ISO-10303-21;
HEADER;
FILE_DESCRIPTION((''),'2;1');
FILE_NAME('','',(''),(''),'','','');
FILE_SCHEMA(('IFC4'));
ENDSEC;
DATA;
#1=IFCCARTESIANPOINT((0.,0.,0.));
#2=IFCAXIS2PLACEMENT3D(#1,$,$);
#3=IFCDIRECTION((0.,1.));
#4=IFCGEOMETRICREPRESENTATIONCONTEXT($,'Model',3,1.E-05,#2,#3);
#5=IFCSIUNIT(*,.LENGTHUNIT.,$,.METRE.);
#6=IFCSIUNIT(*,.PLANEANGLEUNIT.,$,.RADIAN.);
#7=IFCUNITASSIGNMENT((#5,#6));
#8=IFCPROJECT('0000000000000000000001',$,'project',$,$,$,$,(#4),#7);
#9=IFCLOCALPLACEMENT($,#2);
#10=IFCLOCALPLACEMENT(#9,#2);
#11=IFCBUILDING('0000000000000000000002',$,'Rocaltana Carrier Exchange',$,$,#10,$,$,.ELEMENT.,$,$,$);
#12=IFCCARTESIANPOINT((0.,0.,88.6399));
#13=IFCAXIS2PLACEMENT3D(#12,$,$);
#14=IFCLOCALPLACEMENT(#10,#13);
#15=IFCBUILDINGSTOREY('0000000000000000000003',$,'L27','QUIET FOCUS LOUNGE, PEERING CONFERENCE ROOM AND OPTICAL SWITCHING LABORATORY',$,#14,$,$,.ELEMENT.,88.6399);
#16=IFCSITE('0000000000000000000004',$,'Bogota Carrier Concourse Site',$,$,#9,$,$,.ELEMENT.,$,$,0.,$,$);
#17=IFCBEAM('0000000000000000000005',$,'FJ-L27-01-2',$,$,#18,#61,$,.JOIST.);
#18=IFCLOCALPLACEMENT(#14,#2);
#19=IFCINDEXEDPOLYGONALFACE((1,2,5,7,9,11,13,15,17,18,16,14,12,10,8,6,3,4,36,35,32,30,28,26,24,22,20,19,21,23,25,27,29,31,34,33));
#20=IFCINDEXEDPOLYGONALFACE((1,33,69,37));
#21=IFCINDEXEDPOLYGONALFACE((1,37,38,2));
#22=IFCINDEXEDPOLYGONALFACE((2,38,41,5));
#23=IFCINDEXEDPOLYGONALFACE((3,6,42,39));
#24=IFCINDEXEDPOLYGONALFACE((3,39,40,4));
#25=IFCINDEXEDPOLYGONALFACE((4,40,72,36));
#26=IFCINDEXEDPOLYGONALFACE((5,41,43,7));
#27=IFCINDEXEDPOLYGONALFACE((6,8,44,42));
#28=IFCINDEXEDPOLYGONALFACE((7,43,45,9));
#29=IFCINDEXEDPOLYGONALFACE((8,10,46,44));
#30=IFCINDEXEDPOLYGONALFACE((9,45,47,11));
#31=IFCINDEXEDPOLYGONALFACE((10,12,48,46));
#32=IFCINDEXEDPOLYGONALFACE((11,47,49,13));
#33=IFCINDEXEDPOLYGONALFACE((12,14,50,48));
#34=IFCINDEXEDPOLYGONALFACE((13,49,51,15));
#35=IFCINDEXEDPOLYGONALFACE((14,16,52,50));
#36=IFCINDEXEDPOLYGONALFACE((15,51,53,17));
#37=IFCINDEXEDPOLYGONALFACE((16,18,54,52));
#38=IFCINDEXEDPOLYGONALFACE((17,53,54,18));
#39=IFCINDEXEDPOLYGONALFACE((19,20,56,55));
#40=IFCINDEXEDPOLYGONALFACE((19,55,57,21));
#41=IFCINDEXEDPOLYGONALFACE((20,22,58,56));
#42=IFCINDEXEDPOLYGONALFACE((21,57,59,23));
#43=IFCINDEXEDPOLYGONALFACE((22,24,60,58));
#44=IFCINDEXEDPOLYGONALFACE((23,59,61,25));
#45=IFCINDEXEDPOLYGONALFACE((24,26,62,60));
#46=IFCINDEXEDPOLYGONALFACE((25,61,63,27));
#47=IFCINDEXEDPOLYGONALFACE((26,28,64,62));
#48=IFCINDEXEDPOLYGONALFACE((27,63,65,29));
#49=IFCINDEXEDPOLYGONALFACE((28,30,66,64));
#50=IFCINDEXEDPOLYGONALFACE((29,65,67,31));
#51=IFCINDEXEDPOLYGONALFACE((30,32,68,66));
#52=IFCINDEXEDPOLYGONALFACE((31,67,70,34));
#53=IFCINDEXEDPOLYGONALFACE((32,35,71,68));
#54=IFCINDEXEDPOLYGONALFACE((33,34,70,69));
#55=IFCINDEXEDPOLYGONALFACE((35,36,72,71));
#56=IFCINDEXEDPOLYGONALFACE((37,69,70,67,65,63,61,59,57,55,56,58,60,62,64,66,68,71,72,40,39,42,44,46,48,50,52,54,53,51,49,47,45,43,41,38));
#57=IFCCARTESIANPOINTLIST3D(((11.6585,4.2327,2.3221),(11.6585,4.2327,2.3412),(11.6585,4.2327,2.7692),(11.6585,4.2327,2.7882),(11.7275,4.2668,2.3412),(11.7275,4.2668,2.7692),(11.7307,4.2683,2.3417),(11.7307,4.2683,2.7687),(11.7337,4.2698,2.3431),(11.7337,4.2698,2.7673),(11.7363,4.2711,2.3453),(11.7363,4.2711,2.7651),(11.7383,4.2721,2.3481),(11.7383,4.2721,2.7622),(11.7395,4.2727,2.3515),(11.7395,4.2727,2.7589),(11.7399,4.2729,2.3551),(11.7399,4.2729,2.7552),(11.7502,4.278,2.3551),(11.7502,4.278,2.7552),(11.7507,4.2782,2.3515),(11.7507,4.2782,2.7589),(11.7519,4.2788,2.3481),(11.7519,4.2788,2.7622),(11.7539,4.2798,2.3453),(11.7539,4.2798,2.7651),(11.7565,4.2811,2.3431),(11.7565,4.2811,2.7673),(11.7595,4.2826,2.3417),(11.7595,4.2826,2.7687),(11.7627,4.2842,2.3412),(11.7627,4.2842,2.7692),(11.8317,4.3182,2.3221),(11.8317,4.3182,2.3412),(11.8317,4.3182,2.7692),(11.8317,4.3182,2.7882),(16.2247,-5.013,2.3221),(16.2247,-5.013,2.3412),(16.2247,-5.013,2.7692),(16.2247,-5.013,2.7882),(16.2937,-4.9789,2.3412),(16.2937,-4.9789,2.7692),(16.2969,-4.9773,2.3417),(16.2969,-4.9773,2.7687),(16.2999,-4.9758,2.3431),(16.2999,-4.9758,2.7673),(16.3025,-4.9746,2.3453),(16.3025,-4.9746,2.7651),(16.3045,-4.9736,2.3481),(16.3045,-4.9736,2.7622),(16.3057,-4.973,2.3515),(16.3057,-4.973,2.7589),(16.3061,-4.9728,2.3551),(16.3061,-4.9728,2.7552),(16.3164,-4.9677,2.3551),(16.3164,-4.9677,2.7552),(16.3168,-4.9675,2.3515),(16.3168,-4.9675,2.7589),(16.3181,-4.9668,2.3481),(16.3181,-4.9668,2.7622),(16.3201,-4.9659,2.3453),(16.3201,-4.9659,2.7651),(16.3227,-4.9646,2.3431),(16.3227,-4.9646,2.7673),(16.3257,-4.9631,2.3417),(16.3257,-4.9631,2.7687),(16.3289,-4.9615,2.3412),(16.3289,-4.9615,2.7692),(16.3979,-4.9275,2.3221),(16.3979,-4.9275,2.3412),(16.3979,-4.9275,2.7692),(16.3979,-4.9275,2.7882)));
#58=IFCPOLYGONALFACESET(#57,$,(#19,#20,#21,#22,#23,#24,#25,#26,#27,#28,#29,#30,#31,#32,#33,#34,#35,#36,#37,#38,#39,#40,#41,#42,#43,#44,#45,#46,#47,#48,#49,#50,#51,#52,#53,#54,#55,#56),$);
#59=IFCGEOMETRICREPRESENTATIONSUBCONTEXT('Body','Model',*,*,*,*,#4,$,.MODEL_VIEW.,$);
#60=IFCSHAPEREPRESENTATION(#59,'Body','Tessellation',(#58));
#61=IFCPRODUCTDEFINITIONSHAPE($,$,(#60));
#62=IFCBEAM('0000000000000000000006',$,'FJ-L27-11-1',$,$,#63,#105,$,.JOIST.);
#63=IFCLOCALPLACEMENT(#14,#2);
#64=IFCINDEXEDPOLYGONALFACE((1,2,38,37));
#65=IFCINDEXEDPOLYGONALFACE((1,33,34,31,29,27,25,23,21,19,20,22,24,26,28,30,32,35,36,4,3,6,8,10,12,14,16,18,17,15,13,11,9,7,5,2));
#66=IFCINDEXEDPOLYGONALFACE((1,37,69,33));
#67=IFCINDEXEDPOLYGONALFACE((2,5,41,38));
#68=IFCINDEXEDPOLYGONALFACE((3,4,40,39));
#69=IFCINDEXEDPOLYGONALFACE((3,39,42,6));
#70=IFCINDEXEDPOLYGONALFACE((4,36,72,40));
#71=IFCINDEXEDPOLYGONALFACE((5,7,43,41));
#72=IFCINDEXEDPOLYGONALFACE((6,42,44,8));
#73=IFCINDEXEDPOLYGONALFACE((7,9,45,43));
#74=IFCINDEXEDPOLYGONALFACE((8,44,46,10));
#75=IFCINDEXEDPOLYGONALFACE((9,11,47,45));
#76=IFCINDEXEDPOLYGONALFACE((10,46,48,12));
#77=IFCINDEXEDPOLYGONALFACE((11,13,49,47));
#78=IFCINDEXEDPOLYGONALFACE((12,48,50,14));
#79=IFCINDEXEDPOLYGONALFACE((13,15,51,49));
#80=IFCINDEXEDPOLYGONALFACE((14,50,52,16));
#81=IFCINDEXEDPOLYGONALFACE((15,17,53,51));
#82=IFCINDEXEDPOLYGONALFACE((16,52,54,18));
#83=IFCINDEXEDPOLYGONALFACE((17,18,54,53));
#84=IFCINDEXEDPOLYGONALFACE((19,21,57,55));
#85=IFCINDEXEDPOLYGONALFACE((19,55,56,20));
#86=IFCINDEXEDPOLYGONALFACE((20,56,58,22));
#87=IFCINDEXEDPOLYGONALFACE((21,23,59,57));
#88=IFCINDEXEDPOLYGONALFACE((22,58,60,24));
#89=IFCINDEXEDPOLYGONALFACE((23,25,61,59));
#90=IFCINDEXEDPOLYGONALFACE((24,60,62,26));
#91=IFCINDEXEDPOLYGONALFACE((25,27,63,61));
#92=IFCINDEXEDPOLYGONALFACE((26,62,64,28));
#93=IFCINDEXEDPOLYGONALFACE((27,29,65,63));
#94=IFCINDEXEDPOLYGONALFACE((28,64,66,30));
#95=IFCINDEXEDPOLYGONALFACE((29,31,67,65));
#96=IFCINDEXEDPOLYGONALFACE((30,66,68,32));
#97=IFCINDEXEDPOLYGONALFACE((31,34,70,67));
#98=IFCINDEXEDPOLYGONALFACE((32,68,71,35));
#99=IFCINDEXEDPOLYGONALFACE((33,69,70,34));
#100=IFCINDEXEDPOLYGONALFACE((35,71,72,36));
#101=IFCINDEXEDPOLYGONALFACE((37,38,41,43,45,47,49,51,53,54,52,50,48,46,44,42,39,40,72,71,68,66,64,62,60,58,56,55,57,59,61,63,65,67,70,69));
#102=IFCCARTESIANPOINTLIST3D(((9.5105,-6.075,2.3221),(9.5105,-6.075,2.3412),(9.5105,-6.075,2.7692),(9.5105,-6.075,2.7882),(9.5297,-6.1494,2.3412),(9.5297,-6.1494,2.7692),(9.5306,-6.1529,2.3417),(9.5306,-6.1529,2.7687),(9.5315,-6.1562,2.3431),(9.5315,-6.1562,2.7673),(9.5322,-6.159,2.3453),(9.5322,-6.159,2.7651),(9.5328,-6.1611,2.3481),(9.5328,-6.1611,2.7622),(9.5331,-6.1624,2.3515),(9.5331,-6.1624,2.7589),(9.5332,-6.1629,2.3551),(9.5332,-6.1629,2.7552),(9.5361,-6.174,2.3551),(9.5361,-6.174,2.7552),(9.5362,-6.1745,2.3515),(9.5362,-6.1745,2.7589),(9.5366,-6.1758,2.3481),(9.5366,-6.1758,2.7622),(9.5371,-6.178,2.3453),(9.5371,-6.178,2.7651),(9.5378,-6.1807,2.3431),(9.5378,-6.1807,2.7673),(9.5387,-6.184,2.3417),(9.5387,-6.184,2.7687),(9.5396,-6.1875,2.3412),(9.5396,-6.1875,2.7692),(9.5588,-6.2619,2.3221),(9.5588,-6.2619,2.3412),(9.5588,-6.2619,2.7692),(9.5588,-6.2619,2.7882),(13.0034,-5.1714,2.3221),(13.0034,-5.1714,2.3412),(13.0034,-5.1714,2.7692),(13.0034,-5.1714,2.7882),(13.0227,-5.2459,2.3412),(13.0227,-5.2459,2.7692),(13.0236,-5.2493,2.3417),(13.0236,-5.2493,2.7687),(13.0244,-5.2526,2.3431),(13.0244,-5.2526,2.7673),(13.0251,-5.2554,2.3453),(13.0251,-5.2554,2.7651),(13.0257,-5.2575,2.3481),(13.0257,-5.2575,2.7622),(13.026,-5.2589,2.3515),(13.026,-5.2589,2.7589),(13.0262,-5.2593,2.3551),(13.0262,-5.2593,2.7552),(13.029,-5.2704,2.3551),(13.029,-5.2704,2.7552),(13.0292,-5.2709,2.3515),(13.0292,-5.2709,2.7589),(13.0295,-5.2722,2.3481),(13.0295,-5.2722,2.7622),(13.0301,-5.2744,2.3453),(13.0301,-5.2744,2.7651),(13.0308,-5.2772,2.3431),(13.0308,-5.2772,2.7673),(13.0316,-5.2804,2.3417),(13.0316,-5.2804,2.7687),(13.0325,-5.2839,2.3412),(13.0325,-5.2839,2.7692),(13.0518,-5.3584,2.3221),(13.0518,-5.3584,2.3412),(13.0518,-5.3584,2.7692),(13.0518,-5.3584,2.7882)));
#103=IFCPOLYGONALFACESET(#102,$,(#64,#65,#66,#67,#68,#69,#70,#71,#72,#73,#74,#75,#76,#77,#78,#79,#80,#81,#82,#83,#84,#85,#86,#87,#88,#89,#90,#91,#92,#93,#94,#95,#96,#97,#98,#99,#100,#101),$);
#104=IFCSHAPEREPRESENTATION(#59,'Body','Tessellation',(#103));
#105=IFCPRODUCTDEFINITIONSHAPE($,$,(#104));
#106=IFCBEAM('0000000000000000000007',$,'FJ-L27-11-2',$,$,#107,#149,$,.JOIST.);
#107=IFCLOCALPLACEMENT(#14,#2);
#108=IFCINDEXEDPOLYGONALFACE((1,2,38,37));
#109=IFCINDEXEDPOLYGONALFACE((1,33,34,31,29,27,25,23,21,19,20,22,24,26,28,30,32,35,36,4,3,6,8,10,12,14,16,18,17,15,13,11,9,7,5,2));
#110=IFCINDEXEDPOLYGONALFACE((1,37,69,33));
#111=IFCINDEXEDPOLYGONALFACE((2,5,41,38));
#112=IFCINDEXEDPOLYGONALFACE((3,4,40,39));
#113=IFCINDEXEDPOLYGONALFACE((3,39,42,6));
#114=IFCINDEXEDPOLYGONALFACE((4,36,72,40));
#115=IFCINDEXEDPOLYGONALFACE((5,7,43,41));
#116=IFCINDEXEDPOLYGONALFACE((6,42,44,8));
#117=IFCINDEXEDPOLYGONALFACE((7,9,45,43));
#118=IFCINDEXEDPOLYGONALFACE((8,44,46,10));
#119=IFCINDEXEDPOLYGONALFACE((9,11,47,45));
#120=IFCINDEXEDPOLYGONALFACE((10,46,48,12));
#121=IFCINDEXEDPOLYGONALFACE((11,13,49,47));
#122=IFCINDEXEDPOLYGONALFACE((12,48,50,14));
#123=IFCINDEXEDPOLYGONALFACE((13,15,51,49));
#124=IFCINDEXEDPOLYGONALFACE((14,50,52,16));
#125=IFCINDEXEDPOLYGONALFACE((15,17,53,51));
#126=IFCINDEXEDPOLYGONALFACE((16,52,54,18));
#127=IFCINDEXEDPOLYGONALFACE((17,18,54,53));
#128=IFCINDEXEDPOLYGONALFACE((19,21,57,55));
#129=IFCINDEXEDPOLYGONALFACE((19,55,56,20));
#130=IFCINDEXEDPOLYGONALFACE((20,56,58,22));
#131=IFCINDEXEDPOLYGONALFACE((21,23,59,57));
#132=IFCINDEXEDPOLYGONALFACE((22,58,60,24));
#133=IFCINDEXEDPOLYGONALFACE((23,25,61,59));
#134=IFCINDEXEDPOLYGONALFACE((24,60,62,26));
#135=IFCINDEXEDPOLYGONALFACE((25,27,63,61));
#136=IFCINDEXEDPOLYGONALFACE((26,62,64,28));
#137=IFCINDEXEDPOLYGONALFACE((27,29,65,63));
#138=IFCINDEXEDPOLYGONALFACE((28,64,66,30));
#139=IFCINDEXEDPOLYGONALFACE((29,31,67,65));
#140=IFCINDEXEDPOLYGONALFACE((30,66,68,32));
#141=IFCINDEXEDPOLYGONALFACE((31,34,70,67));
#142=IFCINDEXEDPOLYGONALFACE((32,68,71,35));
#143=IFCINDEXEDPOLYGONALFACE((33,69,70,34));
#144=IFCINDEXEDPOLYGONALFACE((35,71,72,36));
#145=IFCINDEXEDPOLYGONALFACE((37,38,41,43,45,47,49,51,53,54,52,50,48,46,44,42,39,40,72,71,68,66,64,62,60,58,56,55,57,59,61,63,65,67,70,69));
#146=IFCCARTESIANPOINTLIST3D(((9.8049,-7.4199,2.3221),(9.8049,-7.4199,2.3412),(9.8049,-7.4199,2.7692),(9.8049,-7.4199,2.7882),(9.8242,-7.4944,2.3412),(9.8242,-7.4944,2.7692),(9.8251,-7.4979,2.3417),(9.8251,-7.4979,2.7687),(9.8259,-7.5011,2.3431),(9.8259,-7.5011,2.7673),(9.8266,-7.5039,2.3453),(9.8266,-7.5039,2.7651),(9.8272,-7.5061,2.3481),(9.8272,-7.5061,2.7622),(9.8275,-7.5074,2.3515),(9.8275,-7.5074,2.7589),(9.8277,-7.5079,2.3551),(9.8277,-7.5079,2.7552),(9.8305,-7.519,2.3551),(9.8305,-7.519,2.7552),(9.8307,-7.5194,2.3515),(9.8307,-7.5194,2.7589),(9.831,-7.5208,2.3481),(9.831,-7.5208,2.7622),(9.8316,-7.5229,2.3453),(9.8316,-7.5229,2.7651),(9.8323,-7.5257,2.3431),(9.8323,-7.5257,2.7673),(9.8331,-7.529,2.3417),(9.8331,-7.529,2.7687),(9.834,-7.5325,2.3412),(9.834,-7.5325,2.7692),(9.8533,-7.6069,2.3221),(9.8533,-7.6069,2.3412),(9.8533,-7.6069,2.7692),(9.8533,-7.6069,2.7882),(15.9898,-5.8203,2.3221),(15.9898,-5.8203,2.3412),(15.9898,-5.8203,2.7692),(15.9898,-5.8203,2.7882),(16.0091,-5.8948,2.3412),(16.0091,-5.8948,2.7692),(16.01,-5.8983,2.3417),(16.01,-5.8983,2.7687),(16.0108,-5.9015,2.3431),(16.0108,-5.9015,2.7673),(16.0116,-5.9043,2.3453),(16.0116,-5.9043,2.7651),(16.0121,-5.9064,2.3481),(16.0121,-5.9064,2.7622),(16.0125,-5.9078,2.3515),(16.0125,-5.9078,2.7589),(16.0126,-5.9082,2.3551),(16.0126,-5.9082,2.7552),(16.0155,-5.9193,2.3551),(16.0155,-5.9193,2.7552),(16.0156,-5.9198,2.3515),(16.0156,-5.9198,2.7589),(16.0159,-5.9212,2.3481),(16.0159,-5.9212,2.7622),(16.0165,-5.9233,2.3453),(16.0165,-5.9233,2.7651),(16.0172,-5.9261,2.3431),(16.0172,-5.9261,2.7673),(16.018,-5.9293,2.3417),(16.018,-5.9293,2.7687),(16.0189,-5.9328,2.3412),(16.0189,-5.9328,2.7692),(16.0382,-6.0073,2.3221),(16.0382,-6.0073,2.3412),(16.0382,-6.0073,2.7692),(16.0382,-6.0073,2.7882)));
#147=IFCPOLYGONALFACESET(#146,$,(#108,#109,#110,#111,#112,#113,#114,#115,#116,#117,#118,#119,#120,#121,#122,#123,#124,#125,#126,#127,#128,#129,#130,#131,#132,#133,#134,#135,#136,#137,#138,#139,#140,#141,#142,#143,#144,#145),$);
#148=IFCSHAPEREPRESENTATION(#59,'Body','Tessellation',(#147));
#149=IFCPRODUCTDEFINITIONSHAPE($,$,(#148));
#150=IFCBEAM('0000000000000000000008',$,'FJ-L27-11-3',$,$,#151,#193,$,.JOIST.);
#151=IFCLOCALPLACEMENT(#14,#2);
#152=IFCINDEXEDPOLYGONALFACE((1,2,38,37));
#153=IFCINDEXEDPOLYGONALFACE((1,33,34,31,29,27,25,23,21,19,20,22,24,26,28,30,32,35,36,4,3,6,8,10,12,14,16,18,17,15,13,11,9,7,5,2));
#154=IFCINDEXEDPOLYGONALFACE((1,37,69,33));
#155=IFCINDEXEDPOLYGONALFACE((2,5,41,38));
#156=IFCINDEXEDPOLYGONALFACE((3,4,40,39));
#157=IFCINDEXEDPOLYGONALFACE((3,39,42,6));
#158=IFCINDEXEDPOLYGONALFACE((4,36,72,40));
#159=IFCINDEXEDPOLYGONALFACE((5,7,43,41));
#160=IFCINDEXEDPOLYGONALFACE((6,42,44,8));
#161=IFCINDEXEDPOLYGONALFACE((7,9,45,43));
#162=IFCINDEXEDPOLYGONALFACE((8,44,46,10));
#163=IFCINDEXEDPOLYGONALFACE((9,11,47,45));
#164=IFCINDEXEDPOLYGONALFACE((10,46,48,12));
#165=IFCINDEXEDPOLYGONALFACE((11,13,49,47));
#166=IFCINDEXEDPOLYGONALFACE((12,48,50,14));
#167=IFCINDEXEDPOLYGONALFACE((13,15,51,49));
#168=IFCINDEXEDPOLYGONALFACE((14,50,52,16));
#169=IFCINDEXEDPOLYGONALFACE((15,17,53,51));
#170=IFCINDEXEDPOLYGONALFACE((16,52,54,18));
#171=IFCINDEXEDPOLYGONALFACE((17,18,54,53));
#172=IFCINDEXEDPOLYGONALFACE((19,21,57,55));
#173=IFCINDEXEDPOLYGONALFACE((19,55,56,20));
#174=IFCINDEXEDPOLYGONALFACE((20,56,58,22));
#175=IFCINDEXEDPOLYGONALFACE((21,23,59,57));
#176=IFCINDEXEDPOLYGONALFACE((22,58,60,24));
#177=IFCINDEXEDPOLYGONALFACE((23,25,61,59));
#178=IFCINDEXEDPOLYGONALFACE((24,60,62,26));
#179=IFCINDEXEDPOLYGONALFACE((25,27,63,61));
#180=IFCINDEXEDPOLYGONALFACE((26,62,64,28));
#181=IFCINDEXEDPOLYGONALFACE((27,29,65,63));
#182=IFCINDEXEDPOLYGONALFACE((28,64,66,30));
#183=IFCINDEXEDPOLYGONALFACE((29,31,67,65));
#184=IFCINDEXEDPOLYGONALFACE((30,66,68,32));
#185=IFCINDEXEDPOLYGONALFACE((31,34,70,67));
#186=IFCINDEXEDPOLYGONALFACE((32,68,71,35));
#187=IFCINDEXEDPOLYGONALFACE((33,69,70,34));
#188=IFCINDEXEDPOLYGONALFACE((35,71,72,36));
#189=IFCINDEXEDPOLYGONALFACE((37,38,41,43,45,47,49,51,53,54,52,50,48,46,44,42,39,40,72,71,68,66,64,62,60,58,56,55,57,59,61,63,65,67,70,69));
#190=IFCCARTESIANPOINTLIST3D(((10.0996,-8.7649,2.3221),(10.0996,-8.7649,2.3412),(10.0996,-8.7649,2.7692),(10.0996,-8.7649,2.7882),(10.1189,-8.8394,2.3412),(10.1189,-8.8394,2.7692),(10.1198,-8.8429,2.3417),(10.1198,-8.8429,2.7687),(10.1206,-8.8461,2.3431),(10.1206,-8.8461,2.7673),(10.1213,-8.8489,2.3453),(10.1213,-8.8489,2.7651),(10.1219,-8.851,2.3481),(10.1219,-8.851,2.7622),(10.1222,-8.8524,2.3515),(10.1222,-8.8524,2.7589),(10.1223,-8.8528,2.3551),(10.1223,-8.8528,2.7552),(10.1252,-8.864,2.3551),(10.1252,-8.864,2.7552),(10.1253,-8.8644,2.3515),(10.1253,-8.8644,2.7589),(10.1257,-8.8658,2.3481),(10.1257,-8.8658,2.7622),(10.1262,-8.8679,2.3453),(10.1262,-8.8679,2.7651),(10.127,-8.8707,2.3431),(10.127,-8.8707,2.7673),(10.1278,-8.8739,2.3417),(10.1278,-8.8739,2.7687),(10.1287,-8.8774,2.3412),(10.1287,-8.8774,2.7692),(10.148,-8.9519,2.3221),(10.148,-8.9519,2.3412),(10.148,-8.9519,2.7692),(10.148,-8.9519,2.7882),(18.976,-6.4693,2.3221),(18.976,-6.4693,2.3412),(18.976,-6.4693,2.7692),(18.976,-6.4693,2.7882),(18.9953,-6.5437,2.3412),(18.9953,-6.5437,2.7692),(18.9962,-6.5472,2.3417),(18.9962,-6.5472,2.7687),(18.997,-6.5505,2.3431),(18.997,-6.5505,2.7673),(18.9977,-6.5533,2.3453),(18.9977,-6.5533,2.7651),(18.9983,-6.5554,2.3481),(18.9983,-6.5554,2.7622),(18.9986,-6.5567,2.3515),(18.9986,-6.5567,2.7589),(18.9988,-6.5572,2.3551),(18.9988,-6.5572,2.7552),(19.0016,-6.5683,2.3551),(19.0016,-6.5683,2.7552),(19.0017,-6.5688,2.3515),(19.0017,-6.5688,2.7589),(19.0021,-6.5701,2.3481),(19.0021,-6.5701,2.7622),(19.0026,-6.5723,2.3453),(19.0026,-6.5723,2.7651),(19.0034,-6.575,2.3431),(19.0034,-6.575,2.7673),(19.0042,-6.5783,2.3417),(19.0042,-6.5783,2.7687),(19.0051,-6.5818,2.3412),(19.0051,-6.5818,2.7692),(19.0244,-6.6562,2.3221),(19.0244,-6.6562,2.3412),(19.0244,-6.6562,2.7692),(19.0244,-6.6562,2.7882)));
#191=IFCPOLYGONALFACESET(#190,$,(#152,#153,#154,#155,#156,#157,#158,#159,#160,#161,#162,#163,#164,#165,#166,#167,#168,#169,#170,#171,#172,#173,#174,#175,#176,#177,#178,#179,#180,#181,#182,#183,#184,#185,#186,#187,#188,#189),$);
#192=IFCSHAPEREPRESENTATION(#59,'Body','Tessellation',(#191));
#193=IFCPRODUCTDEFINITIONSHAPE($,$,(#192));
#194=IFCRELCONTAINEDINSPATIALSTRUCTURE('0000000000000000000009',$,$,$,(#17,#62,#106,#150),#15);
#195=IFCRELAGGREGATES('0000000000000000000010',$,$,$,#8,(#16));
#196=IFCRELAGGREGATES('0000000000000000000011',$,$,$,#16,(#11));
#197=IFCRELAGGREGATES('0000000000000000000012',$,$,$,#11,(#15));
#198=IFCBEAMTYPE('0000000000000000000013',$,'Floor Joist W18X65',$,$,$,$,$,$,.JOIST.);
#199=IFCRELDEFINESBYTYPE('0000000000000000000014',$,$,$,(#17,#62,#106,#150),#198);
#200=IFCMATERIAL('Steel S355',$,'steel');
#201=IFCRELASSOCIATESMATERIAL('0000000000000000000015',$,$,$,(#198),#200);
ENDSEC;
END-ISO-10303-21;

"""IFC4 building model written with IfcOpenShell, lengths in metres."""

from ifc_helpers import new_model, si_unit, direction, frame, origin, origin_2d, place, context, subcontext, project, spatial, i_section, extrude, material, material_profile, profile_set, type_object, element, save


model = new_model("IFC4")

# Units and contexts
model_context = context("Model", 3, precision=1e-05, world=origin(), true_north=direction((0.0, 1.0)))
body_context = subcontext(model_context, "Body", "Model", "MODEL_VIEW")
ifc_project = project(units=[si_unit("LENGTHUNIT", "METRE"), si_unit("PLANEANGLEUNIT", "RADIAN")], contexts=[model_context])

# Site, building, storey
site_placement = place(None, origin())
site = spatial("IfcSite", under=ifc_project, at=site_placement, Name="Bogota Carrier Concourse Site", CompositionType="ELEMENT", RefElevation=0.0)
building_placement = place(site_placement, origin())
building = spatial("IfcBuilding", under=site, at=building_placement, Name="Rocaltana Carrier Exchange", CompositionType="ELEMENT")
storey_placement = place(building_placement, frame((0.0, 0.0, 88.6399)))
storey = spatial("IfcBuildingStorey", under=building, at=storey_placement, Name="L27", Description="QUIET FOCUS LOUNGE, PEERING CONFERENCE ROOM AND OPTICAL SWITCHING LABORATORY", CompositionType="ELEMENT", Elevation=88.6399)

# Beams
ifc_material_1 = material(Name="Steel S355", Category="steel")
ifc_material_profile_1 = material_profile(ifc_material_1, i_section(OverallWidth=0.1931, OverallDepth=0.4661, WebThickness=0.0115, FlangeThickness=0.019, FilletRadius=0.0139, at=origin_2d()), Name="W18X65")
ifc_profile_set_1 = profile_set([ifc_material_profile_1], Name="Steel S355")
beam_type_1 = type_object("IfcBeamType", Name="Floor Joist W18X65", PredefinedType="JOIST", material=ifc_profile_set_1)
beam_1_placement = place(storey_placement, frame((16.3113, -4.9702, 2.5552), z_axis=(-0.442814, 0.896614, 0.0), x_axis=(-0.896614, -0.442814, 0.0)))
element("IfcBeam", 1, at=beam_1_placement, inside=storey, type_object=beam_type_1, Name="FJ-L27-01-2", PredefinedType="JOIST", context=body_context, shape_type="SweptSolid", body=[
    extrude(i_section(OverallWidth=0.1931, OverallDepth=0.4661, WebThickness=0.0115, FlangeThickness=0.019, FilletRadius=0.0139, at=origin_2d()), origin(), (0.0, 0.0, 1.0), 10.3118),
])
beam_2_placement = place(storey_placement, frame((9.5347, -6.1685, 2.5552), z_axis=(0.968132, 0.250441, 0.0), x_axis=(-0.250441, 0.968132, 0.0)))
element("IfcBeam", 2, at=beam_2_placement, inside=storey, type_object=beam_type_1, Name="FJ-L27-11-1", PredefinedType="JOIST", context=body_context, shape_type="SweptSolid", body=[
    extrude(i_section(OverallWidth=0.1931, OverallDepth=0.4661, WebThickness=0.0115, FlangeThickness=0.019, FilletRadius=0.0139, at=origin_2d()), origin(), (0.0, 0.0, 1.0), 3.6079),
])
beam_3_placement = place(storey_placement, frame((9.8291, -7.5134, 2.5552), z_axis=(0.968144, 0.250396, 0.0), x_axis=(-0.250396, 0.968144, 0.0)))
element("IfcBeam", 3, at=beam_3_placement, inside=storey, type_object=beam_type_1, Name="FJ-L27-11-2", PredefinedType="JOIST", context=body_context, shape_type="SweptSolid", body=[
    extrude(i_section(OverallWidth=0.1931, OverallDepth=0.4661, WebThickness=0.0115, FlangeThickness=0.019, FilletRadius=0.0139, at=origin_2d()), origin(), (0.0, 0.0, 1.0), 6.3884),
])
beam_4_placement = place(storey_placement, frame((10.1238, -8.8584, 2.5552), z_axis=(0.968146, 0.250385, 0.0), x_axis=(-0.250385, 0.968146, 0.0)))
element("IfcBeam", 4, at=beam_4_placement, inside=storey, type_object=beam_type_1, Name="FJ-L27-11-3", PredefinedType="JOIST", context=body_context, shape_type="SweptSolid", body=[
    extrude(i_section(OverallWidth=0.1931, OverallDepth=0.4661, WebThickness=0.0115, FlangeThickness=0.019, FilletRadius=0.0139, at=origin_2d()), origin(), (0.0, 0.0, 1.0), 9.1685),
])

save(model, "model.ifc")
